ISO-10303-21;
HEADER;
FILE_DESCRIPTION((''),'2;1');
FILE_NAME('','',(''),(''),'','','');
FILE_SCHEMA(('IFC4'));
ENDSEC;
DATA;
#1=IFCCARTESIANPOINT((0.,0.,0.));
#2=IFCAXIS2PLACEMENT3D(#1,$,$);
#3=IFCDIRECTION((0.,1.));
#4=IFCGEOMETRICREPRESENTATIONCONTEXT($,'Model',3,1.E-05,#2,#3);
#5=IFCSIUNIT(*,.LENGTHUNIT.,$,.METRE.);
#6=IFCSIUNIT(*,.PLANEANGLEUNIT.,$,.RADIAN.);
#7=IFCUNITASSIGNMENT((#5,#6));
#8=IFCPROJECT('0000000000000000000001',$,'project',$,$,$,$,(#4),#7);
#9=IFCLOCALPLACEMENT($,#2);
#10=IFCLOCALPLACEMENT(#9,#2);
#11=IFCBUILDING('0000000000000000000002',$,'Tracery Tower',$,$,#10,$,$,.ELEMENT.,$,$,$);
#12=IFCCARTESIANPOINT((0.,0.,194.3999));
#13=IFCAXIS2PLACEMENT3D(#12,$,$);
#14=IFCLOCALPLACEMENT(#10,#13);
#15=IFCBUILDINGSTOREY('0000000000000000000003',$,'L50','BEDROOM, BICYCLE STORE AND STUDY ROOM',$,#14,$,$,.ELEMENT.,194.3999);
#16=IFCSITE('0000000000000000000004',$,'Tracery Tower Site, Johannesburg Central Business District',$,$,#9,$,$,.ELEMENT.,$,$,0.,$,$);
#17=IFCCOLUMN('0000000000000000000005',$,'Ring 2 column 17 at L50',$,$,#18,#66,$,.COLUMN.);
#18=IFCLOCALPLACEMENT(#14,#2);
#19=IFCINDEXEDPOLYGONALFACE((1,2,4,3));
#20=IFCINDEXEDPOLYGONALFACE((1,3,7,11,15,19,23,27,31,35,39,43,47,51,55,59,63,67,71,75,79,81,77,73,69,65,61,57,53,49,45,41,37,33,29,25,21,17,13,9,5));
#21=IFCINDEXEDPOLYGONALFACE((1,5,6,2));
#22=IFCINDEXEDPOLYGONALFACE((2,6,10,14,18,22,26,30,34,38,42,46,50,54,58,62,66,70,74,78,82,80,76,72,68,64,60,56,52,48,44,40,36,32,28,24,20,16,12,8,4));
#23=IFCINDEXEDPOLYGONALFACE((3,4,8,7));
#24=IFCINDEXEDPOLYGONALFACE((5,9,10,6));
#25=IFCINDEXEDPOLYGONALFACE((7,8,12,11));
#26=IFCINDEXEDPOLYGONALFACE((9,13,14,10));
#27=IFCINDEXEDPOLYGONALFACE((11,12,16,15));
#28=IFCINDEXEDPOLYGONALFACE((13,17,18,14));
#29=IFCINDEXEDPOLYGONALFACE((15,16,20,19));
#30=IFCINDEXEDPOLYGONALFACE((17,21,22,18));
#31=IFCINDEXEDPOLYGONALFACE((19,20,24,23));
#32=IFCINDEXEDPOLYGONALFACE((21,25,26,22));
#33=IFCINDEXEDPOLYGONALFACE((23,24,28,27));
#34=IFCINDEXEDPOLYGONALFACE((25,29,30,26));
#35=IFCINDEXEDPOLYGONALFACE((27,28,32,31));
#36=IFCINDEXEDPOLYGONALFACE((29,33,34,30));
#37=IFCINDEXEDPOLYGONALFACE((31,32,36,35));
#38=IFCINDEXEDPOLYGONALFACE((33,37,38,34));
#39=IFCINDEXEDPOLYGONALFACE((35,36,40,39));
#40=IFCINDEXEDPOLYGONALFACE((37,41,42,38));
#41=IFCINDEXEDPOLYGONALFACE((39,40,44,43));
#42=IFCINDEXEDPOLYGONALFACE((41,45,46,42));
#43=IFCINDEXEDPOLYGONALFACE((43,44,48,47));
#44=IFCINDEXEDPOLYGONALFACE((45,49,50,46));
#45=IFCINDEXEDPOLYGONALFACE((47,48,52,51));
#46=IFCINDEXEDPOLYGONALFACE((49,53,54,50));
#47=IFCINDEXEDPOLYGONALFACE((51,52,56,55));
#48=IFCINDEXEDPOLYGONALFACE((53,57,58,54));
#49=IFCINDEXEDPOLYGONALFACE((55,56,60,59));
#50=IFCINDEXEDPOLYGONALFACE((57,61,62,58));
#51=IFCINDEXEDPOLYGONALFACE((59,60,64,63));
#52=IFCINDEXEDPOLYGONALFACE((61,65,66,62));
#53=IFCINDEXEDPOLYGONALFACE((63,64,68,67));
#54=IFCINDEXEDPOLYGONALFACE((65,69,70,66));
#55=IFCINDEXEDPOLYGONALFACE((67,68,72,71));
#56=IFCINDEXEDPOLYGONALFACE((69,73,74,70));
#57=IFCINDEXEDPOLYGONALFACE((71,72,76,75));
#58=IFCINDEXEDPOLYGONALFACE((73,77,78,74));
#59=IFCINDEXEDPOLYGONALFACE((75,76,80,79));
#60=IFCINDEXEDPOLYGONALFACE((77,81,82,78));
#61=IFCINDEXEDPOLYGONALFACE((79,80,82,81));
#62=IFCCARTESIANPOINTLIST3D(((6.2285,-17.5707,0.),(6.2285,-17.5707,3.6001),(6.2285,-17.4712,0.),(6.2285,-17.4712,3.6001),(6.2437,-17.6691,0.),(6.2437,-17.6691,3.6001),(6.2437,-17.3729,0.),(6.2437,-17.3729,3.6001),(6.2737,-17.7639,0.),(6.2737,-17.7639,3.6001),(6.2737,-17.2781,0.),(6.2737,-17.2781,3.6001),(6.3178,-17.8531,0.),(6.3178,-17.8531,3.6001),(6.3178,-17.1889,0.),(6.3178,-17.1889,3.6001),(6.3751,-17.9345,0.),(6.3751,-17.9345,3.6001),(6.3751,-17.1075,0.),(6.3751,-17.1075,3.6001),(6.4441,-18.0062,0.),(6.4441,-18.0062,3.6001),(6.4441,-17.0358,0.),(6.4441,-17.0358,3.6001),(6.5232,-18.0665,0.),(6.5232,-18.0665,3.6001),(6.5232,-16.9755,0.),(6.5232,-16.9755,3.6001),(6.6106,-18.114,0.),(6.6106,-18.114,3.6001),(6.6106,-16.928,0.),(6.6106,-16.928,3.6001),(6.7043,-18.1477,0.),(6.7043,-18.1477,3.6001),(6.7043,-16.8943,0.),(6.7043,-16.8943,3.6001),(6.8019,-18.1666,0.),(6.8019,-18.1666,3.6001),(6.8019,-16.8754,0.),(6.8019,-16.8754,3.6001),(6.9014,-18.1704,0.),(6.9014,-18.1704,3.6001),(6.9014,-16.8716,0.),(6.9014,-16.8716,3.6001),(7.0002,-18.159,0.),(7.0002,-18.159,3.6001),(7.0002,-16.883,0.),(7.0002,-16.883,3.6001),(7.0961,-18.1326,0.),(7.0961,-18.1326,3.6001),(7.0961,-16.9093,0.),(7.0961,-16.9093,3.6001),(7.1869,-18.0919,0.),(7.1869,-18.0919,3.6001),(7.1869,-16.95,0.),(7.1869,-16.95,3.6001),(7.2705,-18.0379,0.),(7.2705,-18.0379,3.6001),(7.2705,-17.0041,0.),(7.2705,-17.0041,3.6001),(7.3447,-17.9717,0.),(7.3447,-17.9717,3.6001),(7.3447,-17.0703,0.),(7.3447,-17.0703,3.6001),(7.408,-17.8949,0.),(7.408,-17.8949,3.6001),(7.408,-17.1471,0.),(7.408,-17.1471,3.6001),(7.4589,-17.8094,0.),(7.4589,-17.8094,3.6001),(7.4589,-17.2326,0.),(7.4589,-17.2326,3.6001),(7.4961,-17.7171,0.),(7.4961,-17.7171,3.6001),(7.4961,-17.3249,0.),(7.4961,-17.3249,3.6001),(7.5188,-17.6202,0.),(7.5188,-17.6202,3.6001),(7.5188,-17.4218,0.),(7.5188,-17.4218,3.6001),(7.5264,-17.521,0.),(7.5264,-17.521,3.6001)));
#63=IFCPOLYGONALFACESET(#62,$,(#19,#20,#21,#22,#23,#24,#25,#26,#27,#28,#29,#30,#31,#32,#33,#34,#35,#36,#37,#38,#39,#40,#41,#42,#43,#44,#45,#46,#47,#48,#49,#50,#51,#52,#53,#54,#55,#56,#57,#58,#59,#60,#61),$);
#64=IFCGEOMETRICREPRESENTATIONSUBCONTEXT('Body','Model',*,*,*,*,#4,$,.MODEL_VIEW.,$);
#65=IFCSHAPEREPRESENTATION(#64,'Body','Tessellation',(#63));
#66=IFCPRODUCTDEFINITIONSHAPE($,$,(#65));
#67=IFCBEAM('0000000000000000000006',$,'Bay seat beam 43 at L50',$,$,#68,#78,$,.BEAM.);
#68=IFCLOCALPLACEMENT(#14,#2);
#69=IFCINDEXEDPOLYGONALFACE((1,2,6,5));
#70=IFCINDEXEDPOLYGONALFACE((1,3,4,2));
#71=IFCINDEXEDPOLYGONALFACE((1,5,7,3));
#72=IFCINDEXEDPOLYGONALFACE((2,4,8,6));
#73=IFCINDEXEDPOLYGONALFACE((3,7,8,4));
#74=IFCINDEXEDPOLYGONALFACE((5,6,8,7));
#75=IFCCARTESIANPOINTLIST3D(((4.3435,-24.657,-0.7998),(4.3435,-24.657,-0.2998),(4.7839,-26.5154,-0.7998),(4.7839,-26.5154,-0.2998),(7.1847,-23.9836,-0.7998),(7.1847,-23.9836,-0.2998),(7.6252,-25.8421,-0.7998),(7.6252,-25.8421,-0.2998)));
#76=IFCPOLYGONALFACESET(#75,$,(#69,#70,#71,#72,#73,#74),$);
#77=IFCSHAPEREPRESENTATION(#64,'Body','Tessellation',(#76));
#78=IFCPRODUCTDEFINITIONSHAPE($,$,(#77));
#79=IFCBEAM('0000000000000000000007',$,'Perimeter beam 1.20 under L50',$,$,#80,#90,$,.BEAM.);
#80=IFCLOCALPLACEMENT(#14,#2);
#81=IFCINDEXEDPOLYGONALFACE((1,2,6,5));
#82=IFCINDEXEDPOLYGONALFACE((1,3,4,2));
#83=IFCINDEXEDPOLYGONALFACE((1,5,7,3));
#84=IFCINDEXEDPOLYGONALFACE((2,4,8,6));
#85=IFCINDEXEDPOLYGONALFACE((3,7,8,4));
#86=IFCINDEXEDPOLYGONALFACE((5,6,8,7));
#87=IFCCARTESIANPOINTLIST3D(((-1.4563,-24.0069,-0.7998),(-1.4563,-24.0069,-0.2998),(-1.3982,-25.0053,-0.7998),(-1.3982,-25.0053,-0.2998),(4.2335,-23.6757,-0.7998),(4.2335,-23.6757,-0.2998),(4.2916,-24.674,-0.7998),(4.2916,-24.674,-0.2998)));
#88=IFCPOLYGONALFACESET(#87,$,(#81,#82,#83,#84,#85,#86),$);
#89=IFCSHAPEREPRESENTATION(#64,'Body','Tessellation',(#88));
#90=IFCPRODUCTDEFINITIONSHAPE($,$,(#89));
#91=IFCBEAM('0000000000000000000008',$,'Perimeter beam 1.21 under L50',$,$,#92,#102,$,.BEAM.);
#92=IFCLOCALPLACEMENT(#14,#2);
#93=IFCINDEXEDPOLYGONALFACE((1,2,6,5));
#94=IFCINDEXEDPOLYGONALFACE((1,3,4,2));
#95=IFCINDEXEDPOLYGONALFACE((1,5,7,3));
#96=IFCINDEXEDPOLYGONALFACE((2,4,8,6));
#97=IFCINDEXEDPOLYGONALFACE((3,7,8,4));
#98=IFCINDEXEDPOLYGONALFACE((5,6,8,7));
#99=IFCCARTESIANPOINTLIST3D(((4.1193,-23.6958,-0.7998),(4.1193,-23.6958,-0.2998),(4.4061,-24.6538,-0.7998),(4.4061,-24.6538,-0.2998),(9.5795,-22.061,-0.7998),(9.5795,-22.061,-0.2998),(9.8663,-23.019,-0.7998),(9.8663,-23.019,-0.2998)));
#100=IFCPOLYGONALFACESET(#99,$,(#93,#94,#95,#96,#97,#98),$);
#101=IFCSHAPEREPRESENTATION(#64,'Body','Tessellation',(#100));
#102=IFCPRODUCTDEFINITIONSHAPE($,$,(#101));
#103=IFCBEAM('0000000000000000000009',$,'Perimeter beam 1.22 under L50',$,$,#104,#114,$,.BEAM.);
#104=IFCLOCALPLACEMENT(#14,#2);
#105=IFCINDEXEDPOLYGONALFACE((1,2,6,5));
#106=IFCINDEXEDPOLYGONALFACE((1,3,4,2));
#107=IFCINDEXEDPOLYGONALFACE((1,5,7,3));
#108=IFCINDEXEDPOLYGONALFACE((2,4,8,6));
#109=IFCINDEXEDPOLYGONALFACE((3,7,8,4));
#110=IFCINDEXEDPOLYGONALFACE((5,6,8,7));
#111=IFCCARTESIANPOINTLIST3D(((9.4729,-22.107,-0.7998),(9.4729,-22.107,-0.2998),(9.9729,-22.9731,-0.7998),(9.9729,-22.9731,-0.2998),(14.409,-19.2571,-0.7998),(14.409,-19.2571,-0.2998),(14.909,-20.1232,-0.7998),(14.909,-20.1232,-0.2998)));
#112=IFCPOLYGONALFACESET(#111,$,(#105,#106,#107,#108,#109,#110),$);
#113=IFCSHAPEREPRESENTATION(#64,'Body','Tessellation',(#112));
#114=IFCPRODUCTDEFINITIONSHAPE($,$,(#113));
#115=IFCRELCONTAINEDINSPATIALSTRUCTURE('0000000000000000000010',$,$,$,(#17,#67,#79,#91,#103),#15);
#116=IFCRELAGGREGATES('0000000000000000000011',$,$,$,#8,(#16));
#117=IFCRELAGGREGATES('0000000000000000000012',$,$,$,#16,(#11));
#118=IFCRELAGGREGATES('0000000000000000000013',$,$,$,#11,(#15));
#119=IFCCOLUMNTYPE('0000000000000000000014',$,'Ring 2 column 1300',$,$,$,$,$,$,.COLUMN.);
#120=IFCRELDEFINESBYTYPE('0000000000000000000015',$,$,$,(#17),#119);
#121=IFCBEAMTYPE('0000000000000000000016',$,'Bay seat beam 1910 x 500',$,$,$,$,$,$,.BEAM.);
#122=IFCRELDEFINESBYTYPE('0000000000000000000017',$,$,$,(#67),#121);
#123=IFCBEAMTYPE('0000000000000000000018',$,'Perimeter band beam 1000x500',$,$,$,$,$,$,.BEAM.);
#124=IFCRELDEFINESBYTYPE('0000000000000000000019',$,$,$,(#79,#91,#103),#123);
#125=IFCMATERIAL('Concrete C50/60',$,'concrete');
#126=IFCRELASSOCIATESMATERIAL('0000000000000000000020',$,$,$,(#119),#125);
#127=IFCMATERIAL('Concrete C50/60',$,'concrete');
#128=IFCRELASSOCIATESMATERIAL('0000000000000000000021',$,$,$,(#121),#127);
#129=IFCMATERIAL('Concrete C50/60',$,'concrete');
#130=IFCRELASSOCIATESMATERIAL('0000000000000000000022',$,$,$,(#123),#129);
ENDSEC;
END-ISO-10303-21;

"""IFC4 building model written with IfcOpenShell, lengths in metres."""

from ifc_helpers import new_model, si_unit, direction, frame, origin, origin_2d, place, context, subcontext, project, spatial, rectangle, circle, extrude, material, material_profile, profile_set, type_object, element, save


model = new_model("IFC4")

# Units and contexts
model_context = context("Model", 3, precision=1e-05, world=origin(), true_north=direction((0.0, 1.0)))
body_context = subcontext(model_context, "Body", "Model", "MODEL_VIEW")
ifc_project = project(units=[si_unit("LENGTHUNIT", "METRE"), si_unit("PLANEANGLEUNIT", "RADIAN")], contexts=[model_context])

# Site, building, storey
site_placement = place(None, origin())
site = spatial("IfcSite", under=ifc_project, at=site_placement, Name="Tracery Tower Site, Johannesburg Central Business District", CompositionType="ELEMENT", RefElevation=0.0)
building_placement = place(site_placement, origin())
building = spatial("IfcBuilding", under=site, at=building_placement, Name="Tracery Tower", CompositionType="ELEMENT")
storey_placement = place(building_placement, frame((0.0, 0.0, 194.3999)))
storey = spatial("IfcBuildingStorey", under=building, at=storey_placement, Name="L50", Description="BEDROOM, BICYCLE STORE AND STUDY ROOM", CompositionType="ELEMENT", Elevation=194.3999)

# Column
ifc_material_1 = material(Name="Concrete C50/60", Category="concrete")
ifc_material_profile_1 = material_profile(ifc_material_1, circle(Radius=0.6499, at=origin_2d()), Name="RC D1300")
ifc_profile_set_1 = profile_set([ifc_material_profile_1], Name="Concrete C50/60")
column_type_1 = type_object("IfcColumnType", Name="Ring 2 column 1300", PredefinedType="COLUMN", material=ifc_profile_set_1)
for number, where, z_axis, x_axis, name in (
    (1, (6.8765, -17.521, 0.0), (0.0, 0.0, 1.0), (1.0, 0.0, 0.0), "Ring 2 column 17 at L50"),
):
    element("IfcColumn", number, at=place(storey_placement, frame(where, z_axis=z_axis, x_axis=x_axis)), inside=storey, type_object=column_type_1, Name=name, PredefinedType="COLUMN", context=body_context, shape_type="SweptSolid", body=[
        extrude(circle(Radius=0.6499, at=origin_2d()), origin(), (0.0, 0.0, 1.0), 3.6001),
    ])

# Beams
ifc_material_2 = material(Name="Concrete C50/60", Category="concrete")
ifc_material_profile_2 = material_profile(ifc_material_2, rectangle(XDim=1.9099, YDim=0.5, at=origin_2d()), Name="RC 1910x500")
ifc_profile_set_2 = profile_set([ifc_material_profile_2], Name="Concrete C50/60")
beam_type_1 = type_object("IfcBeamType", Name="Bay seat beam 1910 x 500", PredefinedType="BEAM", material=ifc_profile_set_2)
beam_1_placement = place(storey_placement, frame((4.5637, -25.5862, -0.5498), z_axis=(0.97305, 0.230596, 0.0), x_axis=(-0.230596, 0.97305, 0.0)))
element("IfcBeam", 2, at=beam_1_placement, inside=storey, type_object=beam_type_1, Name="Bay seat beam 43 at L50", PredefinedType="BEAM", context=body_context, shape_type="SweptSolid", body=[
    extrude(rectangle(XDim=1.9099, YDim=0.5, at=origin_2d()), origin(), (0.0, 0.0, 1.0), 2.9199),
])
ifc_material_3 = material(Name="Concrete C50/60", Category="concrete")
ifc_material_profile_3 = material_profile(ifc_material_3, rectangle(XDim=1.0, YDim=0.5, at=origin_2d()), Name="RC 1000x500")
ifc_profile_set_3 = profile_set([ifc_material_profile_3], Name="Concrete C50/60")
beam_type_2 = type_object("IfcBeamType", Name="Perimeter band beam 1000x500", PredefinedType="BEAM", material=ifc_profile_set_3)
beam_2_placement = place(storey_placement, frame((-1.4272, -24.5061, -0.5498), z_axis=(0.998309, 0.058127, 0.0), x_axis=(-0.058127, 0.998309, 0.0)))
element("IfcBeam", 3, at=beam_2_placement, inside=storey, type_object=beam_type_2, Name="Perimeter beam 1.20 under L50", PredefinedType="BEAM", context=body_context, shape_type="SweptSolid", body=[
    extrude(rectangle(XDim=1.0, YDim=0.5, at=origin_2d()), origin(), (0.0, 0.0, 1.0), 5.6995),
])
for number, where, z_axis, x_axis, name in (
    (4, (4.2627, -24.1748, -0.5498), (0.957985, 0.286817, 0.0), (-0.286817, 0.957985, 0.0), "Perimeter beam 1.21 under L50"),
    (5, (9.7229, -22.54, -0.5498), (0.866023, 0.500004, 0.0), (-0.500004, 0.866023, 0.0), "Perimeter beam 1.22 under L50"),
):
    element("IfcBeam", number, at=place(storey_placement, frame(where, z_axis=z_axis, x_axis=x_axis)), inside=storey, type_object=beam_type_2, Name=name, PredefinedType="BEAM", context=body_context, shape_type="SweptSolid", body=[
        extrude(rectangle(XDim=1.0, YDim=0.5, at=origin_2d()), origin(), (0.0, 0.0, 1.0), 5.6997),
    ])

save(model, "model.ifc")
